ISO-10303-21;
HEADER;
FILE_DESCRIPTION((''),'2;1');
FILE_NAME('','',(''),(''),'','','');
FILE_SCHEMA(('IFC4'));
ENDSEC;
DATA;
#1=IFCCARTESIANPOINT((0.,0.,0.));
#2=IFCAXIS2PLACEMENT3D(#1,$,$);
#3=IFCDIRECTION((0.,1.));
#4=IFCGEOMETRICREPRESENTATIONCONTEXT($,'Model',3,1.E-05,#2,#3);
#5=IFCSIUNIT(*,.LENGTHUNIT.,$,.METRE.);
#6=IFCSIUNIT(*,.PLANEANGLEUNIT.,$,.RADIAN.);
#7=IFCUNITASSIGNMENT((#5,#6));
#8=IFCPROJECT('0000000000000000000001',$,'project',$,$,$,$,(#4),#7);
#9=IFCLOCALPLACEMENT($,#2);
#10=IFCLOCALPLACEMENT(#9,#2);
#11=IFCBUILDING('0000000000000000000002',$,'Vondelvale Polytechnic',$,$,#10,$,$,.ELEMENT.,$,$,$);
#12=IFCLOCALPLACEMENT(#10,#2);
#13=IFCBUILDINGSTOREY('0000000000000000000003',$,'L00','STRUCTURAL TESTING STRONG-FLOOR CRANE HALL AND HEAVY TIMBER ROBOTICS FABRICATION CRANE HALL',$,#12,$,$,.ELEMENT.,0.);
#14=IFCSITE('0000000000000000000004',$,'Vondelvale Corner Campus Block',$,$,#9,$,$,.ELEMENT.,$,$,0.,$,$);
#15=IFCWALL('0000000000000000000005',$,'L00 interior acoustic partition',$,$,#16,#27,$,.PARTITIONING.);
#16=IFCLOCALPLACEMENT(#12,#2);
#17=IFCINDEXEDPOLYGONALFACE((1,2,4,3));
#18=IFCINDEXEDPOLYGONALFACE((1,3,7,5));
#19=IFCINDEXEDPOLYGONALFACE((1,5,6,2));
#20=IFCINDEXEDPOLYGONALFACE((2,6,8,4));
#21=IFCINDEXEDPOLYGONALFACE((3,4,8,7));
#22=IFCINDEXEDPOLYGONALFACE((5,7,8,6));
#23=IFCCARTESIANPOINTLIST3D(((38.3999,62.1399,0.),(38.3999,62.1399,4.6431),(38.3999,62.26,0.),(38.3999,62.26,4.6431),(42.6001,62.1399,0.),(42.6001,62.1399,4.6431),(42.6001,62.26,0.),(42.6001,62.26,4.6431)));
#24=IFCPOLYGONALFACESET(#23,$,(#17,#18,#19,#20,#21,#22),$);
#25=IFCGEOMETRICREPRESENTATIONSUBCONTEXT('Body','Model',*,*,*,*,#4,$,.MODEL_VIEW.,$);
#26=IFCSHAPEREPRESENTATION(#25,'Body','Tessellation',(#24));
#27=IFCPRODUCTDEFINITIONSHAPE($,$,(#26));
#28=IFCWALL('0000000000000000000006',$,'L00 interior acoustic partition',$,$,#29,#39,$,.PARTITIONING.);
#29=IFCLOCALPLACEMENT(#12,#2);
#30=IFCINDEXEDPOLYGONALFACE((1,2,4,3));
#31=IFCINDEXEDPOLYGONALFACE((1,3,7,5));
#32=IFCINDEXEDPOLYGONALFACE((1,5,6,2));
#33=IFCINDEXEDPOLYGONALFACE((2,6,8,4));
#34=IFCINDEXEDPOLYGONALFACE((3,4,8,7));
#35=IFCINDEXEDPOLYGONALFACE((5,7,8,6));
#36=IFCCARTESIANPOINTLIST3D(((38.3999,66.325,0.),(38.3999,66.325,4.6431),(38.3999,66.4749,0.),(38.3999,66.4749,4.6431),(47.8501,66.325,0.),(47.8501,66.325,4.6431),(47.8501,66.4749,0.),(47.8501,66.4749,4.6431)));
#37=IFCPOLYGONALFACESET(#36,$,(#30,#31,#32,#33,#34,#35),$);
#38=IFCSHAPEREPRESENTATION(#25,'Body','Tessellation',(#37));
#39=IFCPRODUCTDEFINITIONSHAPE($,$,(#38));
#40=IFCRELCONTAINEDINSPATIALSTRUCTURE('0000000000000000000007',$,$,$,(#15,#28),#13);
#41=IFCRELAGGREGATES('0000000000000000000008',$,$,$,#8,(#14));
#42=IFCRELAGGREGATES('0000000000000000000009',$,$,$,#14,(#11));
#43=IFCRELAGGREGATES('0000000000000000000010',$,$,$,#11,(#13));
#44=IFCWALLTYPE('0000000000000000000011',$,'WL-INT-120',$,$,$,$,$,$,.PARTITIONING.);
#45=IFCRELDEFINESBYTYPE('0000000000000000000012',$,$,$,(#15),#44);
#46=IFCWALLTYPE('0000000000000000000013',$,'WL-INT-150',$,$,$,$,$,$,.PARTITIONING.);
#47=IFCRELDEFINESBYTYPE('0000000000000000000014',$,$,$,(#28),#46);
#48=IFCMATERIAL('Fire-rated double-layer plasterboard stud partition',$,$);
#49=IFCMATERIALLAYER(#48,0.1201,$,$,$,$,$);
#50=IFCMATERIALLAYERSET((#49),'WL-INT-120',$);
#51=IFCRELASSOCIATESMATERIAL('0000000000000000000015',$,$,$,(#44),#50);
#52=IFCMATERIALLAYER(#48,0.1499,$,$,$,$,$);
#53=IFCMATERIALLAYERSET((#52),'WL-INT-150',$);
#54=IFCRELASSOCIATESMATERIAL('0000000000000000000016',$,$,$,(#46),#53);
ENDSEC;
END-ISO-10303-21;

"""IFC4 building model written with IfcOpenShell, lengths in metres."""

from ifc_helpers import new_model, si_unit, direction, frame, frame_2d, origin, place, context, subcontext, project, spatial, rectangle, extrude, material, layer, layer_set, type_object, element, save


model = new_model("IFC4")

# Units and contexts
model_context = context("Model", 3, precision=1e-05, world=origin(), true_north=direction((0.0, 1.0)))
body_context = subcontext(model_context, "Body", "Model", "MODEL_VIEW")
ifc_project = project(units=[si_unit("LENGTHUNIT", "METRE"), si_unit("PLANEANGLEUNIT", "RADIAN")], contexts=[model_context])

# Site, building, storey
site_placement = place(None, origin())
site = spatial("IfcSite", under=ifc_project, at=site_placement, Name="Vondelvale Corner Campus Block", CompositionType="ELEMENT", RefElevation=0.0)
building_placement = place(site_placement, origin())
building = spatial("IfcBuilding", under=site, at=building_placement, Name="Vondelvale Polytechnic", CompositionType="ELEMENT")
storey_placement = place(building_placement, origin())
storey = spatial("IfcBuildingStorey", under=building, at=storey_placement, Name="L00", Description="STRUCTURAL TESTING STRONG-FLOOR CRANE HALL AND HEAVY TIMBER ROBOTICS FABRICATION CRANE HALL", CompositionType="ELEMENT", Elevation=0.0)

# Shared definitions
ifc_material_1 = material(Name="Fire-rated double-layer plasterboard stud partition")

# Walls
ifc_layer_1 = layer(ifc_material_1, 0.1201)
ifc_layer_set_1 = layer_set([ifc_layer_1], Name="WL-INT-120")
wall_type_1 = type_object("IfcWallType", Name="WL-INT-120", PredefinedType="PARTITIONING", material=ifc_layer_set_1)
wall_1_placement = place(storey_placement, frame((38.3999, 62.2, 0.0), z_axis=(0.0, 0.0, 1.0), x_axis=(1.0, 0.0, 0.0)))
element("IfcWall", 1, at=wall_1_placement, inside=storey, type_object=wall_type_1, Name="L00 interior acoustic partition", PredefinedType="PARTITIONING", context=body_context, shape_type="SweptSolid", body=[
    extrude(rectangle(XDim=4.2002, YDim=0.1201, at=frame_2d((2.1001, 0.0))), origin(), (0.0, 0.0, 1.0), 4.6431),
])
ifc_layer_2 = layer(ifc_material_1, 0.1499)
ifc_layer_set_2 = layer_set([ifc_layer_2], Name="WL-INT-150")
wall_type_2 = type_object("IfcWallType", Name="WL-INT-150", PredefinedType="PARTITIONING", material=ifc_layer_set_2)
wall_2_placement = place(storey_placement, frame((38.3999, 66.3999, 0.0), z_axis=(0.0, 0.0, 1.0), x_axis=(1.0, 0.0, 0.0)))
element("IfcWall", 2, at=wall_2_placement, inside=storey, type_object=wall_type_2, Name="L00 interior acoustic partition", PredefinedType="PARTITIONING", context=body_context, shape_type="SweptSolid", body=[
    extrude(rectangle(XDim=9.4502, YDim=0.1499, at=frame_2d((4.7251, 0.0))), origin(), (0.0, 0.0, 1.0), 4.6431),
])

save(model, "model.ifc")
